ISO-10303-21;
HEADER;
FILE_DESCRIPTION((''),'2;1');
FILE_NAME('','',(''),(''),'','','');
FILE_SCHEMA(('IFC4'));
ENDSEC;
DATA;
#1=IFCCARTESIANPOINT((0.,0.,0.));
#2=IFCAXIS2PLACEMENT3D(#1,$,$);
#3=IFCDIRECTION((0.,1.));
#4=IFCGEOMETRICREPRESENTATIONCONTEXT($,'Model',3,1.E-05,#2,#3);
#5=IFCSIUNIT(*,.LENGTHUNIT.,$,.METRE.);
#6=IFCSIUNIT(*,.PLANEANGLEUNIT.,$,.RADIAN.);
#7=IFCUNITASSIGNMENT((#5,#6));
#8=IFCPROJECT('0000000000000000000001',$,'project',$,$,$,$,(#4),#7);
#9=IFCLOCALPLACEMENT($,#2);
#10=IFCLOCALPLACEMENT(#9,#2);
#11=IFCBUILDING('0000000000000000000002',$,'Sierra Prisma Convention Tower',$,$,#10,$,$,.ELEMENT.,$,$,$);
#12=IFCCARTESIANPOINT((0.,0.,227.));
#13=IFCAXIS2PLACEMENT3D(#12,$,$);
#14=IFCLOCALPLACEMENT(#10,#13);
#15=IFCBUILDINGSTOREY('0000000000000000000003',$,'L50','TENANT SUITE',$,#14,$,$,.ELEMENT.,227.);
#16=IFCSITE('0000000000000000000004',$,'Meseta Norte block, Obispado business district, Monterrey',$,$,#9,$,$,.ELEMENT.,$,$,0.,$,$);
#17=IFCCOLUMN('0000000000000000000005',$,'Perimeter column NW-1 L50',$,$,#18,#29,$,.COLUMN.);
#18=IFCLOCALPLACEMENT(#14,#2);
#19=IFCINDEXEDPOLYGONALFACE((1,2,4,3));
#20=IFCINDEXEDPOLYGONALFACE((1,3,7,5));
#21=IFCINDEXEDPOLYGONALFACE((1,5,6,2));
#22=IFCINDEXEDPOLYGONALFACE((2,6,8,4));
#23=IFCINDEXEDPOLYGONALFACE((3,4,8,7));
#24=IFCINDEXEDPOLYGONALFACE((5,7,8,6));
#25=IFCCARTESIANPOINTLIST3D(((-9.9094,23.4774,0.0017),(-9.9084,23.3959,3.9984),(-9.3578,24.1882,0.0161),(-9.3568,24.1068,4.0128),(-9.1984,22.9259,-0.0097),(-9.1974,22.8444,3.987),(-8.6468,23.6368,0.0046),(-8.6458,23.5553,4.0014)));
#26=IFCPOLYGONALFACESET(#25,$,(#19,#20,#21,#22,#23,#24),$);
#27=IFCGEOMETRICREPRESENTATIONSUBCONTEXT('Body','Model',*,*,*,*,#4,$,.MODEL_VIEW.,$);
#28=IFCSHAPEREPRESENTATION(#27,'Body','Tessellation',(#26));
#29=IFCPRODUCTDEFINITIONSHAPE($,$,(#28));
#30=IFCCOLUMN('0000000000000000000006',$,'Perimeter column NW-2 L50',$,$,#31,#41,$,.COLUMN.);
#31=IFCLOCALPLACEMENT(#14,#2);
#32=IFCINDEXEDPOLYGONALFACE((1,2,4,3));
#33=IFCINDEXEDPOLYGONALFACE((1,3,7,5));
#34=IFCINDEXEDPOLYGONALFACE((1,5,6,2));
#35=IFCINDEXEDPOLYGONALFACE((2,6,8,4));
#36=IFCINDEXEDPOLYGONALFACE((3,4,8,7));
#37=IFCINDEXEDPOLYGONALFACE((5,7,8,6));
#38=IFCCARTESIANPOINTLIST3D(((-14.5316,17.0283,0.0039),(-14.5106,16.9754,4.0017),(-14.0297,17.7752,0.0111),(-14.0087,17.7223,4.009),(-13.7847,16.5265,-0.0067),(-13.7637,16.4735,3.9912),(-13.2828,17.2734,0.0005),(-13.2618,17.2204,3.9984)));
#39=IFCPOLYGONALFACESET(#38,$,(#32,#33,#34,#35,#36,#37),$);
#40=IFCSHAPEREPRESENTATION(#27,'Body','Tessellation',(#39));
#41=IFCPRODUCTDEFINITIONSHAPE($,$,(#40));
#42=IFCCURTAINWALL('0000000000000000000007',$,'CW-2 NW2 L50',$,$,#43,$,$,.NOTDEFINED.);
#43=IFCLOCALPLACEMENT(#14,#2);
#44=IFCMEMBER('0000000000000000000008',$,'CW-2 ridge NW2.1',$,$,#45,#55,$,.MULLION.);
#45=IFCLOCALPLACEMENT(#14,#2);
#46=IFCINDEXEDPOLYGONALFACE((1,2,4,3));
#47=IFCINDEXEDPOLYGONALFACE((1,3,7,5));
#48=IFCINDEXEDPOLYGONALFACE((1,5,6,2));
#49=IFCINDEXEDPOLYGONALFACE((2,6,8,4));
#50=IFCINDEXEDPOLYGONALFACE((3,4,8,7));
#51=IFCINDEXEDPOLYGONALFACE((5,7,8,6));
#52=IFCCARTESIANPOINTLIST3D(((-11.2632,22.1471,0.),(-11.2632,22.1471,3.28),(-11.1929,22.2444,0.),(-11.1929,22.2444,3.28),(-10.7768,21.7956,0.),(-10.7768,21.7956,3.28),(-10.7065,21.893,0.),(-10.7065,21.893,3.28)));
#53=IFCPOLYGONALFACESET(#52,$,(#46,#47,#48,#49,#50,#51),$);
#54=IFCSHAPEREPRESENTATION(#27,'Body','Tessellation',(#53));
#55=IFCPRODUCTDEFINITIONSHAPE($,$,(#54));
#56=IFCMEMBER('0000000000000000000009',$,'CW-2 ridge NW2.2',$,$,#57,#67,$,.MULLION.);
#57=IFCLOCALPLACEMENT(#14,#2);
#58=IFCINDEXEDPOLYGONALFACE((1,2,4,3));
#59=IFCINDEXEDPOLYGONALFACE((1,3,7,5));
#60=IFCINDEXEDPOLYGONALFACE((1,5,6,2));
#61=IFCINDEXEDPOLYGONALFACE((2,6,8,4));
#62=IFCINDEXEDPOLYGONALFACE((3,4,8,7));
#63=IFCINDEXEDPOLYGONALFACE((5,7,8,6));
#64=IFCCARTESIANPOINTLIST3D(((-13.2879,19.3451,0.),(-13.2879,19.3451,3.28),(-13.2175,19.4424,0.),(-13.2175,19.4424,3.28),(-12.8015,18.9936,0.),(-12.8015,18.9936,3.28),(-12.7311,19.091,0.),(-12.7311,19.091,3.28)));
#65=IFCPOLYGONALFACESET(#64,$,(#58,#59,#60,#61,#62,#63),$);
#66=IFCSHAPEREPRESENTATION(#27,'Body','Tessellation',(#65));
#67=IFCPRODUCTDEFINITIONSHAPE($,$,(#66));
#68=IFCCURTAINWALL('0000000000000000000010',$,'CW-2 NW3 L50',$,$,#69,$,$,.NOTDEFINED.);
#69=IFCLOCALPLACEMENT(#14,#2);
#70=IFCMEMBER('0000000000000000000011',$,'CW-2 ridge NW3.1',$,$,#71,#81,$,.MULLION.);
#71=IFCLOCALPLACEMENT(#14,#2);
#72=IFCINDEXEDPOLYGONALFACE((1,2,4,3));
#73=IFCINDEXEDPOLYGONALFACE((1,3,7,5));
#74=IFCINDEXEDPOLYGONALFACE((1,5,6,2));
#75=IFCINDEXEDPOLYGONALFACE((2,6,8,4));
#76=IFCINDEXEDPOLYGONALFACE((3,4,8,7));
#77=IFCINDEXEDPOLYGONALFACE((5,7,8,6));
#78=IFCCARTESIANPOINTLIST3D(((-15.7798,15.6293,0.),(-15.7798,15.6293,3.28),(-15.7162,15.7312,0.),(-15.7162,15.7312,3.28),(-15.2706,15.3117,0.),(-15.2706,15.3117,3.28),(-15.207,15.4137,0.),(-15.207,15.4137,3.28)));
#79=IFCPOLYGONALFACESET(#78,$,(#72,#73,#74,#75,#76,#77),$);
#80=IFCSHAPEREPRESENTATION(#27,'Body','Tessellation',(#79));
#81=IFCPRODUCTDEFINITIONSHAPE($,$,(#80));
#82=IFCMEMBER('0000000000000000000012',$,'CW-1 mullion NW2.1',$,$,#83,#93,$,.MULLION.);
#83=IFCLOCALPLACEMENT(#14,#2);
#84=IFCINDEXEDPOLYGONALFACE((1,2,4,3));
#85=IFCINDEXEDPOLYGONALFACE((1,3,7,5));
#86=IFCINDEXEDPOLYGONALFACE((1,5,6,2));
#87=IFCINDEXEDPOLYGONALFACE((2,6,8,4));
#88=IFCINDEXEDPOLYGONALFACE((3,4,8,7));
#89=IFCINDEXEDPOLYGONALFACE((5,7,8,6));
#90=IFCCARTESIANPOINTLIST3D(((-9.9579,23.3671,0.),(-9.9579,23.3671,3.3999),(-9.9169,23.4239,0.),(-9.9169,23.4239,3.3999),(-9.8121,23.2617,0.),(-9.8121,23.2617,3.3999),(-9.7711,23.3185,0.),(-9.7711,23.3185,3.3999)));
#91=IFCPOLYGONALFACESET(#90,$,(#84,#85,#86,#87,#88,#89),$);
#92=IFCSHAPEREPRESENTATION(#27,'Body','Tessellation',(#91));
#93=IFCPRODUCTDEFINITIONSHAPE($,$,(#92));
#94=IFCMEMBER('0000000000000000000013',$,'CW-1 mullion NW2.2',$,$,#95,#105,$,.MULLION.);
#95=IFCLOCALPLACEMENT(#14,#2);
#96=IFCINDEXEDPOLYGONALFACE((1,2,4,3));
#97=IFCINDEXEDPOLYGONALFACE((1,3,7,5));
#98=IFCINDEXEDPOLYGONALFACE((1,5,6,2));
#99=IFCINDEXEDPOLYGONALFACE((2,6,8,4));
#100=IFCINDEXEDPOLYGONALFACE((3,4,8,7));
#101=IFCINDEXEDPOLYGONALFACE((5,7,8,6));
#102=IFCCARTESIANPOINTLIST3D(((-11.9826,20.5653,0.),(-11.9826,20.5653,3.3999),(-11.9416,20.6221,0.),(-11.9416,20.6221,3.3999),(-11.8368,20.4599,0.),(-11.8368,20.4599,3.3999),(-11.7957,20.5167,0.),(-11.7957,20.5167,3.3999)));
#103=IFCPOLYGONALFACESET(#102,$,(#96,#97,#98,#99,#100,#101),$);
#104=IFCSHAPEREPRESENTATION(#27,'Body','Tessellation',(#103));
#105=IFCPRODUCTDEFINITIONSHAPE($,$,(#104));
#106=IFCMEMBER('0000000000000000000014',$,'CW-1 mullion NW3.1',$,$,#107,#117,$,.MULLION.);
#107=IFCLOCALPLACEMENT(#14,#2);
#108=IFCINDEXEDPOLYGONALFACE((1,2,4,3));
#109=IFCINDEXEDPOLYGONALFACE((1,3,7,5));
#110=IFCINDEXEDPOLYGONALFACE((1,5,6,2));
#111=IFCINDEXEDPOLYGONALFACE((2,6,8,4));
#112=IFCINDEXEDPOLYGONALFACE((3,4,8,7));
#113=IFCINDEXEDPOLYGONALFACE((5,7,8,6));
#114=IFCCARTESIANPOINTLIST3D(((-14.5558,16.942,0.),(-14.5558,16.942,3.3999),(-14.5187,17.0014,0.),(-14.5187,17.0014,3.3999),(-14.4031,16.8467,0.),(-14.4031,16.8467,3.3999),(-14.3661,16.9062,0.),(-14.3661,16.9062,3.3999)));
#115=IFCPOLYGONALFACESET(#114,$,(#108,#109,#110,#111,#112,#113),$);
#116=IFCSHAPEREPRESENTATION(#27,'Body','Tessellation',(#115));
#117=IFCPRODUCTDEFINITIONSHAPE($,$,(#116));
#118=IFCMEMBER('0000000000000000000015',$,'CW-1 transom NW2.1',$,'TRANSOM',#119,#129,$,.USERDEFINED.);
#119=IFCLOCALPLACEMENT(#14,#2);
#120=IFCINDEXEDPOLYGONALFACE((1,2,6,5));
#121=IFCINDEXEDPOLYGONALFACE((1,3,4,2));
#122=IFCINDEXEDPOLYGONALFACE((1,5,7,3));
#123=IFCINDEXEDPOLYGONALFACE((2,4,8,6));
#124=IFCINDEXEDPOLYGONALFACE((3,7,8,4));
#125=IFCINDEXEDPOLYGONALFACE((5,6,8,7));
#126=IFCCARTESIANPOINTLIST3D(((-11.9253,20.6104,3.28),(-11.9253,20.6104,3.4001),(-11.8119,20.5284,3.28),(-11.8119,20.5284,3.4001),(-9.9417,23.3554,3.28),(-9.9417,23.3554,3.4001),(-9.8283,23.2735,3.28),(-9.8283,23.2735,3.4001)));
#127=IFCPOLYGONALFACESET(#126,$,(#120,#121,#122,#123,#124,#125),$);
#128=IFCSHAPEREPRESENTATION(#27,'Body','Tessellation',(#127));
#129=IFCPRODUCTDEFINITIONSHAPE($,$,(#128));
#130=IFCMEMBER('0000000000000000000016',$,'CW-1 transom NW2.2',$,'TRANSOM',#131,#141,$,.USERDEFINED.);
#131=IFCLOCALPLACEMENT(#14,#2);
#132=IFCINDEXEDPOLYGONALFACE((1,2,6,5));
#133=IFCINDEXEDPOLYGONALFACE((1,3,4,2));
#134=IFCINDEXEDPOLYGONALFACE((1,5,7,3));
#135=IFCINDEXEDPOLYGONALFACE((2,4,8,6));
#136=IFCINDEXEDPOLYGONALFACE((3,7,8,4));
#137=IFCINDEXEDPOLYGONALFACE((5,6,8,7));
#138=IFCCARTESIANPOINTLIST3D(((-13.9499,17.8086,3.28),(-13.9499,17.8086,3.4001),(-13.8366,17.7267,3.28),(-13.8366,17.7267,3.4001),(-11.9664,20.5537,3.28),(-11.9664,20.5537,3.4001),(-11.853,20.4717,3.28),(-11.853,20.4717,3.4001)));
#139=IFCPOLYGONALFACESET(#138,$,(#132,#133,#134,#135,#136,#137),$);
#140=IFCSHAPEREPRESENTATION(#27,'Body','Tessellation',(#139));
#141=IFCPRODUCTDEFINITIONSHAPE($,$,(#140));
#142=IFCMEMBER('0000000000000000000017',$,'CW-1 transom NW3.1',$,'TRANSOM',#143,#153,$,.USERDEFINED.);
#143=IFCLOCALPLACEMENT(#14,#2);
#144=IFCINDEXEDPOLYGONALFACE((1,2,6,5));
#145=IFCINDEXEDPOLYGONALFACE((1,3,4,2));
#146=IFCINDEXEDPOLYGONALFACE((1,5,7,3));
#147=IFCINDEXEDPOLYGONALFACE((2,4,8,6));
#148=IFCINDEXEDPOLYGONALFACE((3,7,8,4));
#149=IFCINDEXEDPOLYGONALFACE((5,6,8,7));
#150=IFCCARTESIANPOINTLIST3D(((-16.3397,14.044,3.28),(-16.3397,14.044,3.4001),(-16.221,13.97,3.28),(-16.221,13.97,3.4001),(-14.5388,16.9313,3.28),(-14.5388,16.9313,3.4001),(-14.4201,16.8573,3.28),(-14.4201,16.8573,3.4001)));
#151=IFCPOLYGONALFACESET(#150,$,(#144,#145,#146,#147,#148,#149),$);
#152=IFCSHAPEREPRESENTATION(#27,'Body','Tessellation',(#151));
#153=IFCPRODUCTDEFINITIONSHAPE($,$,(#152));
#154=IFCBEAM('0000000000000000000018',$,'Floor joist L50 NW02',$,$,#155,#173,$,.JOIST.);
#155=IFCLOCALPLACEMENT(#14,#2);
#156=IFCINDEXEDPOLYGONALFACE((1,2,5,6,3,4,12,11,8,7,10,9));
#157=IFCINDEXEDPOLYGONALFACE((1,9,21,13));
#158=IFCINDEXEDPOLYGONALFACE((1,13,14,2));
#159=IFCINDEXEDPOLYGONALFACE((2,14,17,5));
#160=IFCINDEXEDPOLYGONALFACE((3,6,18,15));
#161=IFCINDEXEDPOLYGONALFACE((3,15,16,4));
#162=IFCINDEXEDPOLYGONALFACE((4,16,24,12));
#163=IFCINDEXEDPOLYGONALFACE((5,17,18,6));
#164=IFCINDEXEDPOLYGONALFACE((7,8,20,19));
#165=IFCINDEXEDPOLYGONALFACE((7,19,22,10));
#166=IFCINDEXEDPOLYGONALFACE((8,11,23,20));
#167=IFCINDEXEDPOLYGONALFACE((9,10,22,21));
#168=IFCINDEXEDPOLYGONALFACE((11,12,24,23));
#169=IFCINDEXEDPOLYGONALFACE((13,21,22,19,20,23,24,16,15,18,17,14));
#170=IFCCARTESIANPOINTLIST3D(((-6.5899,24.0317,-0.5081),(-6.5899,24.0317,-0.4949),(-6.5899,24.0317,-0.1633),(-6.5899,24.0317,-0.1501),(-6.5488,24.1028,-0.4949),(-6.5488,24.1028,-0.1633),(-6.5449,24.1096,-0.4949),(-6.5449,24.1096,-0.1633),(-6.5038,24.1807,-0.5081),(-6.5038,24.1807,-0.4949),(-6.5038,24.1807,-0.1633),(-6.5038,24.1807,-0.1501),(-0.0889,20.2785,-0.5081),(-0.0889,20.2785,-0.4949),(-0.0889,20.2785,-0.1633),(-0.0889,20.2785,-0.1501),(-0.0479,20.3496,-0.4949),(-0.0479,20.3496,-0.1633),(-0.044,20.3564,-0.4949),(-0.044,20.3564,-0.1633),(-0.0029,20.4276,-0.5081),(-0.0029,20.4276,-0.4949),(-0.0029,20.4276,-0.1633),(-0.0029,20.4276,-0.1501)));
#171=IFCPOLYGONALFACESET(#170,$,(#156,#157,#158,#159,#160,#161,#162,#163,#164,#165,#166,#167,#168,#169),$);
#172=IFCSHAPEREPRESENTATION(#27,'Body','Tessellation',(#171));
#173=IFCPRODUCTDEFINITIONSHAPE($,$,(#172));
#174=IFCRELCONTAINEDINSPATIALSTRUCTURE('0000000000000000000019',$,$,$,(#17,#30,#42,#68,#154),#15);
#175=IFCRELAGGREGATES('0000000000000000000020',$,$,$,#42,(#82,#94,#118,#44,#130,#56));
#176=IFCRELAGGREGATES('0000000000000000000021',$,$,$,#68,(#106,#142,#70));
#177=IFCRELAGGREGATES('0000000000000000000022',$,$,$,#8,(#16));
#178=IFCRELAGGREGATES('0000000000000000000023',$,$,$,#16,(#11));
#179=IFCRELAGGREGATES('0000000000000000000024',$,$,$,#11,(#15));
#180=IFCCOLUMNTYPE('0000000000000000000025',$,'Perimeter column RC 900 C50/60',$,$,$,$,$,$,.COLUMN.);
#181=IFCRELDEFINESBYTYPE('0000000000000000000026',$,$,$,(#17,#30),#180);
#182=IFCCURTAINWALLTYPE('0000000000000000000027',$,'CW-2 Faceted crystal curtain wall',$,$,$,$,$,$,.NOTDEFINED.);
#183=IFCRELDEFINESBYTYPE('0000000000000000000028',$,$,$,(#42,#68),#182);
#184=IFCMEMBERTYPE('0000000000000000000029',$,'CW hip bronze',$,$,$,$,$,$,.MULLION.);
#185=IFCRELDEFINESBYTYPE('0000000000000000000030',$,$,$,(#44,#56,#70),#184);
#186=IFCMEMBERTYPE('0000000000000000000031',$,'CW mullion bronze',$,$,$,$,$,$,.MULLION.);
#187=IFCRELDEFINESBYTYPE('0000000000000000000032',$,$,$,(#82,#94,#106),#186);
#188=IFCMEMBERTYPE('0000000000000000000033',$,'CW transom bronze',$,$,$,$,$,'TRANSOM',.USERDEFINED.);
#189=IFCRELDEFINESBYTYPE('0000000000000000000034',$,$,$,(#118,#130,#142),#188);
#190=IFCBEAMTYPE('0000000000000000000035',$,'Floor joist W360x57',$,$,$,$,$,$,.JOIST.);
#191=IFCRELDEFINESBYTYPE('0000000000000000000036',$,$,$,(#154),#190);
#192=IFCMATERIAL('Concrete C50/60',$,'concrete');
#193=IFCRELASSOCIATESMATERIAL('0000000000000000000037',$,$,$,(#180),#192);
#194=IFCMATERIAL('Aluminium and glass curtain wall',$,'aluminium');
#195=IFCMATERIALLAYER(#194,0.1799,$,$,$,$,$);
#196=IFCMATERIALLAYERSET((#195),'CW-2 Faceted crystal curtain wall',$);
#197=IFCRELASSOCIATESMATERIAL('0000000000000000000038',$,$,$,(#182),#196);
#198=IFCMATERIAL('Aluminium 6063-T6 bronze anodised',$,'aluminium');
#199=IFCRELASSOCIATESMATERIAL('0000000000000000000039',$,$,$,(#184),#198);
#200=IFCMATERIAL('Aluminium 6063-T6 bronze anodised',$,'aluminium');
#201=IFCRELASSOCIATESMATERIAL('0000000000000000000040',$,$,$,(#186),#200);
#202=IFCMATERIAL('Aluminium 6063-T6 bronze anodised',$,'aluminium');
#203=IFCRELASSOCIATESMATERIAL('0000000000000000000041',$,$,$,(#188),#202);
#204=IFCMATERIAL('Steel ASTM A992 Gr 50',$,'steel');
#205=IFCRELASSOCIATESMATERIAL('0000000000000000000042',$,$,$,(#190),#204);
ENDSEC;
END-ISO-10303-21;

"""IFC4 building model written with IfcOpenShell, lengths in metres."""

from ifc_helpers import new_model, si_unit, direction, frame, origin, origin_2d, place, context, subcontext, project, spatial, rectangle, i_section, extrude, clip, halfspace, material, layer, layer_set, material_profile, profile_set, type_object, element, aggregate, save


model = new_model("IFC4")

# Units and contexts
model_context = context("Model", 3, precision=1e-05, world=origin(), true_north=direction((0.0, 1.0)))
body_context = subcontext(model_context, "Body", "Model", "MODEL_VIEW")
ifc_project = project(units=[si_unit("LENGTHUNIT", "METRE"), si_unit("PLANEANGLEUNIT", "RADIAN")], contexts=[model_context])

# Site, building, storey
site_placement = place(None, origin())
site = spatial("IfcSite", under=ifc_project, at=site_placement, Name="Meseta Norte block, Obispado business district, Monterrey", CompositionType="ELEMENT", RefElevation=0.0)
building_placement = place(site_placement, origin())
building = spatial("IfcBuilding", under=site, at=building_placement, Name="Sierra Prisma Convention Tower", CompositionType="ELEMENT")
storey_placement = place(building_placement, frame((0.0, 0.0, 227.0)))
storey = spatial("IfcBuildingStorey", under=building, at=storey_placement, Name="L50", Description="TENANT SUITE", CompositionType="ELEMENT", Elevation=227.0)

# Columns
ifc_material_1 = material(Name="Concrete C50/60", Category="concrete")
ifc_material_profile_1 = material_profile(ifc_material_1, rectangle(XDim=0.8999, YDim=0.8999, at=origin_2d()), Name="Perimeter column RC 900 C50/60")
ifc_profile_set_1 = profile_set([ifc_material_profile_1], Name="Concrete C50/60")
column_type = type_object("IfcColumnType", Name="Perimeter column RC 900 C50/60", PredefinedType="COLUMN", material=ifc_profile_set_1)
column_1_placement = place(storey_placement, frame((-9.2781, 23.5571, 0.0), z_axis=(0.000244, -0.020382, 0.999792), x_axis=(0.612951, 0.78996, 0.015954)))
element("IfcColumn", 1, at=column_1_placement, inside=storey, type_object=column_type, Name="Perimeter column NW-1 L50", PredefinedType="COLUMN", context=body_context, shape_type="SweptSolid", body=[
    clip(extrude(rectangle(XDim=0.8999, YDim=0.8999, at=origin_2d()), origin(), (0.0, 0.0, 1.0), 4.0007), halfspace(frame((0.0, 0.0, 0.0032)), True)),
])
column_2_placement = place(storey_placement, frame((-13.9072, 17.1509, 0.0), z_axis=(0.005248, -0.013243, 0.999899), x_axis=(0.557761, 0.829963, 0.008065)))
element("IfcColumn", 2, at=column_2_placement, inside=storey, type_object=column_type, Name="Perimeter column NW-2 L50", PredefinedType="COLUMN", context=body_context, shape_type="SweptSolid", body=[
    clip(extrude(rectangle(XDim=0.8999, YDim=0.8999, at=origin_2d()), origin(), (0.0, 0.0, 1.0), 4.0005), halfspace(frame((0.0, 0.0, 0.0022)), True)),
])

# Curtain wall, members
ifc_material_2 = material(Name="Aluminium and glass curtain wall", Category="aluminium")
ifc_layer_1 = layer(ifc_material_2, 0.1799)
ifc_layer_set_1 = layer_set([ifc_layer_1], Name="CW-2 Faceted crystal curtain wall")
curtain_wall_type = type_object("IfcCurtainWallType", Name="CW-2 Faceted crystal curtain wall", PredefinedType="NOTDEFINED", material=ifc_layer_set_1)
curtain_wall_1_placement = place(storey_placement, origin())
curtain_wall_1 = element("IfcCurtainWall", 3, at=curtain_wall_1_placement, inside=storey, type_object=curtain_wall_type, Name="CW-2 NW2 L50", PredefinedType="NOTDEFINED")
ifc_material_3 = material(Name="Aluminium 6063-T6 bronze anodised", Category="aluminium")
ifc_material_profile_2 = material_profile(ifc_material_3, rectangle(XDim=0.1201, YDim=0.6001, at=origin_2d()), Name="ALU RIDGE BLADE 120x600")
ifc_profile_set_2 = profile_set([ifc_material_profile_2], Name="Aluminium 6063-T6 bronze anodised")
member_type_1 = type_object("IfcMemberType", Name="CW hip bronze", PredefinedType="MULLION", material=ifc_profile_set_2)
member_1_placement = place(storey_placement, frame((-10.9849, 22.02, 0.0), z_axis=(0.0, 0.0, 1.0), x_axis=(-0.585699, -0.810529, 0.0)))
member_1 = element("IfcMember", 4, at=member_1_placement, type_object=member_type_1, Name="CW-2 ridge NW2.1", PredefinedType="MULLION", context=body_context, shape_type="SweptSolid", body=[
    extrude(rectangle(XDim=0.1201, YDim=0.6001, at=origin_2d()), origin(), (0.0, 0.0, 1.0), 3.28),
])
member_2_placement = place(storey_placement, frame((-13.0095, 19.218, 0.0), z_axis=(0.0, 0.0, 1.0), x_axis=(-0.585699, -0.810529, 0.0)))
member_2 = element("IfcMember", 5, at=member_2_placement, type_object=member_type_1, Name="CW-2 ridge NW2.2", PredefinedType="MULLION", context=body_context, shape_type="SweptSolid", body=[
    extrude(rectangle(XDim=0.1201, YDim=0.6001, at=origin_2d()), origin(), (0.0, 0.0, 1.0), 3.28),
])

# Curtain wall, member
curtain_wall_2_placement = place(storey_placement, origin())
curtain_wall_2 = element("IfcCurtainWall", 6, at=curtain_wall_2_placement, inside=storey, type_object=curtain_wall_type, Name="CW-2 NW3 L50", PredefinedType="NOTDEFINED")
member_3_placement = place(storey_placement, frame((-15.4934, 15.5215, 0.0), z_axis=(0.0, 0.0, 1.0), x_axis=(-0.529191, -0.848503, 0.0)))
member_3 = element("IfcMember", 7, at=member_3_placement, type_object=member_type_1, Name="CW-2 ridge NW3.1", PredefinedType="MULLION", context=body_context, shape_type="SweptSolid", body=[
    extrude(rectangle(XDim=0.1201, YDim=0.6001, at=origin_2d()), origin(), (0.0, 0.0, 1.0), 3.28),
])

# Members
ifc_material_4 = material(Name="Aluminium 6063-T6 bronze anodised", Category="aluminium")
ifc_material_profile_3 = material_profile(ifc_material_4, rectangle(XDim=0.1799, YDim=0.0701, at=origin_2d()), Name="ALU MULLION 70x180")
ifc_profile_set_3 = profile_set([ifc_material_profile_3], Name="Aluminium 6063-T6 bronze anodised")
member_type_2 = type_object("IfcMemberType", Name="CW mullion bronze", PredefinedType="MULLION", material=ifc_profile_set_3)
member_4_placement = place(storey_placement, frame((-9.8645, 23.3428, 0.0), z_axis=(0.0, 0.0, 1.0), x_axis=(0.810529, -0.585699, 0.0)))
member_4 = element("IfcMember", 8, at=member_4_placement, type_object=member_type_2, Name="CW-1 mullion NW2.1", PredefinedType="MULLION", context=body_context, shape_type="SweptSolid", body=[
    extrude(rectangle(XDim=0.1799, YDim=0.0701, at=origin_2d()), origin(), (0.0, 0.0, 1.0), 3.3999),
])
member_5_placement = place(storey_placement, frame((-11.8892, 20.541, 0.0), z_axis=(0.0, 0.0, 1.0), x_axis=(0.810529, -0.585699, 0.0)))
member_5 = element("IfcMember", 9, at=member_5_placement, type_object=member_type_2, Name="CW-1 mullion NW2.2", PredefinedType="MULLION", context=body_context, shape_type="SweptSolid", body=[
    extrude(rectangle(XDim=0.1799, YDim=0.0701, at=origin_2d()), origin(), (0.0, 0.0, 1.0), 3.3999),
])
member_6_placement = place(storey_placement, frame((-14.4609, 16.9241, 0.0), z_axis=(0.0, 0.0, 1.0), x_axis=(0.848503, -0.529191, 0.0)))
member_6 = element("IfcMember", 10, at=member_6_placement, type_object=member_type_2, Name="CW-1 mullion NW3.1", PredefinedType="MULLION", context=body_context, shape_type="SweptSolid", body=[
    extrude(rectangle(XDim=0.1799, YDim=0.0701, at=origin_2d()), origin(), (0.0, 0.0, 1.0), 3.3999),
])
ifc_material_5 = material(Name="Aluminium 6063-T6 bronze anodised", Category="aluminium")
ifc_material_profile_4 = material_profile(ifc_material_5, rectangle(XDim=0.1399, YDim=0.1201, at=origin_2d()), Name="ALU TRANSOM 120x140")
ifc_profile_set_4 = profile_set([ifc_material_profile_4], Name="Aluminium 6063-T6 bronze anodised")
member_type_3 = type_object("IfcMemberType", Name="CW transom bronze", ElementType="TRANSOM", PredefinedType="USERDEFINED", material=ifc_profile_set_4)
member_7_placement = place(storey_placement, frame((-9.885, 23.3145, 3.3401), z_axis=(-0.585696, -0.810531, 0.0), x_axis=(0.810531, -0.585696, 0.0)))
member_7 = element("IfcMember", 11, at=member_7_placement, type_object=member_type_3, Name="CW-1 transom NW2.1", ObjectType="TRANSOM", PredefinedType="USERDEFINED", context=body_context, shape_type="SweptSolid", body=[
    extrude(rectangle(XDim=0.1399, YDim=0.1201, at=origin_2d()), origin(), (0.0, 0.0, 1.0), 3.3867),
])
member_8_placement = place(storey_placement, frame((-11.9097, 20.5127, 3.3401), z_axis=(-0.585696, -0.810531, 0.0), x_axis=(0.810531, -0.585696, 0.0)))
member_8 = element("IfcMember", 12, at=member_8_placement, type_object=member_type_3, Name="CW-1 transom NW2.2", ObjectType="TRANSOM", PredefinedType="USERDEFINED", context=body_context, shape_type="SweptSolid", body=[
    extrude(rectangle(XDim=0.1399, YDim=0.1201, at=origin_2d()), origin(), (0.0, 0.0, 1.0), 3.3867),
])
member_9_placement = place(storey_placement, frame((-14.4795, 16.8943, 3.3401), z_axis=(-0.529212, -0.84849, 0.0), x_axis=(0.84849, -0.529212, 0.0)))
member_9 = element("IfcMember", 13, at=member_9_placement, type_object=member_type_3, Name="CW-1 transom NW3.1", ObjectType="TRANSOM", PredefinedType="USERDEFINED", context=body_context, shape_type="SweptSolid", body=[
    extrude(rectangle(XDim=0.1399, YDim=0.1201, at=origin_2d()), origin(), (0.0, 0.0, 1.0), 3.4028),
])

# Beam
ifc_material_6 = material(Name="Steel ASTM A992 Gr 50", Category="steel")
ifc_material_profile_5 = material_profile(ifc_material_6, i_section(OverallWidth=0.1721, OverallDepth=0.3579, WebThickness=0.0078, FlangeThickness=0.0132, at=origin_2d()), Name="W360x57")
ifc_profile_set_5 = profile_set([ifc_material_profile_5], Name="Steel ASTM A992 Gr 50")
beam_type_1 = type_object("IfcBeamType", Name="Floor joist W360x57", PredefinedType="JOIST", material=ifc_profile_set_5)
beam_1_placement = place(storey_placement, frame((-6.5469, 24.1062, -0.3291), z_axis=(0.866035, -0.499983, 0.0), x_axis=(0.499983, 0.866035, 0.0)))
element("IfcBeam", 14, at=beam_1_placement, inside=storey, type_object=beam_type_1, Name="Floor joist L50 NW02", PredefinedType="JOIST", context=body_context, shape_type="SweptSolid", body=[
    extrude(i_section(OverallWidth=0.1721, OverallDepth=0.3579, WebThickness=0.0078, FlangeThickness=0.0132, at=origin_2d()), origin(), (0.0, 0.0, 1.0), 7.5066),
])

aggregate(curtain_wall_1, [member_4, member_5, member_7, member_1, member_8, member_2])
aggregate(curtain_wall_2, [member_6, member_9, member_3])

save(model, "model.ifc")
